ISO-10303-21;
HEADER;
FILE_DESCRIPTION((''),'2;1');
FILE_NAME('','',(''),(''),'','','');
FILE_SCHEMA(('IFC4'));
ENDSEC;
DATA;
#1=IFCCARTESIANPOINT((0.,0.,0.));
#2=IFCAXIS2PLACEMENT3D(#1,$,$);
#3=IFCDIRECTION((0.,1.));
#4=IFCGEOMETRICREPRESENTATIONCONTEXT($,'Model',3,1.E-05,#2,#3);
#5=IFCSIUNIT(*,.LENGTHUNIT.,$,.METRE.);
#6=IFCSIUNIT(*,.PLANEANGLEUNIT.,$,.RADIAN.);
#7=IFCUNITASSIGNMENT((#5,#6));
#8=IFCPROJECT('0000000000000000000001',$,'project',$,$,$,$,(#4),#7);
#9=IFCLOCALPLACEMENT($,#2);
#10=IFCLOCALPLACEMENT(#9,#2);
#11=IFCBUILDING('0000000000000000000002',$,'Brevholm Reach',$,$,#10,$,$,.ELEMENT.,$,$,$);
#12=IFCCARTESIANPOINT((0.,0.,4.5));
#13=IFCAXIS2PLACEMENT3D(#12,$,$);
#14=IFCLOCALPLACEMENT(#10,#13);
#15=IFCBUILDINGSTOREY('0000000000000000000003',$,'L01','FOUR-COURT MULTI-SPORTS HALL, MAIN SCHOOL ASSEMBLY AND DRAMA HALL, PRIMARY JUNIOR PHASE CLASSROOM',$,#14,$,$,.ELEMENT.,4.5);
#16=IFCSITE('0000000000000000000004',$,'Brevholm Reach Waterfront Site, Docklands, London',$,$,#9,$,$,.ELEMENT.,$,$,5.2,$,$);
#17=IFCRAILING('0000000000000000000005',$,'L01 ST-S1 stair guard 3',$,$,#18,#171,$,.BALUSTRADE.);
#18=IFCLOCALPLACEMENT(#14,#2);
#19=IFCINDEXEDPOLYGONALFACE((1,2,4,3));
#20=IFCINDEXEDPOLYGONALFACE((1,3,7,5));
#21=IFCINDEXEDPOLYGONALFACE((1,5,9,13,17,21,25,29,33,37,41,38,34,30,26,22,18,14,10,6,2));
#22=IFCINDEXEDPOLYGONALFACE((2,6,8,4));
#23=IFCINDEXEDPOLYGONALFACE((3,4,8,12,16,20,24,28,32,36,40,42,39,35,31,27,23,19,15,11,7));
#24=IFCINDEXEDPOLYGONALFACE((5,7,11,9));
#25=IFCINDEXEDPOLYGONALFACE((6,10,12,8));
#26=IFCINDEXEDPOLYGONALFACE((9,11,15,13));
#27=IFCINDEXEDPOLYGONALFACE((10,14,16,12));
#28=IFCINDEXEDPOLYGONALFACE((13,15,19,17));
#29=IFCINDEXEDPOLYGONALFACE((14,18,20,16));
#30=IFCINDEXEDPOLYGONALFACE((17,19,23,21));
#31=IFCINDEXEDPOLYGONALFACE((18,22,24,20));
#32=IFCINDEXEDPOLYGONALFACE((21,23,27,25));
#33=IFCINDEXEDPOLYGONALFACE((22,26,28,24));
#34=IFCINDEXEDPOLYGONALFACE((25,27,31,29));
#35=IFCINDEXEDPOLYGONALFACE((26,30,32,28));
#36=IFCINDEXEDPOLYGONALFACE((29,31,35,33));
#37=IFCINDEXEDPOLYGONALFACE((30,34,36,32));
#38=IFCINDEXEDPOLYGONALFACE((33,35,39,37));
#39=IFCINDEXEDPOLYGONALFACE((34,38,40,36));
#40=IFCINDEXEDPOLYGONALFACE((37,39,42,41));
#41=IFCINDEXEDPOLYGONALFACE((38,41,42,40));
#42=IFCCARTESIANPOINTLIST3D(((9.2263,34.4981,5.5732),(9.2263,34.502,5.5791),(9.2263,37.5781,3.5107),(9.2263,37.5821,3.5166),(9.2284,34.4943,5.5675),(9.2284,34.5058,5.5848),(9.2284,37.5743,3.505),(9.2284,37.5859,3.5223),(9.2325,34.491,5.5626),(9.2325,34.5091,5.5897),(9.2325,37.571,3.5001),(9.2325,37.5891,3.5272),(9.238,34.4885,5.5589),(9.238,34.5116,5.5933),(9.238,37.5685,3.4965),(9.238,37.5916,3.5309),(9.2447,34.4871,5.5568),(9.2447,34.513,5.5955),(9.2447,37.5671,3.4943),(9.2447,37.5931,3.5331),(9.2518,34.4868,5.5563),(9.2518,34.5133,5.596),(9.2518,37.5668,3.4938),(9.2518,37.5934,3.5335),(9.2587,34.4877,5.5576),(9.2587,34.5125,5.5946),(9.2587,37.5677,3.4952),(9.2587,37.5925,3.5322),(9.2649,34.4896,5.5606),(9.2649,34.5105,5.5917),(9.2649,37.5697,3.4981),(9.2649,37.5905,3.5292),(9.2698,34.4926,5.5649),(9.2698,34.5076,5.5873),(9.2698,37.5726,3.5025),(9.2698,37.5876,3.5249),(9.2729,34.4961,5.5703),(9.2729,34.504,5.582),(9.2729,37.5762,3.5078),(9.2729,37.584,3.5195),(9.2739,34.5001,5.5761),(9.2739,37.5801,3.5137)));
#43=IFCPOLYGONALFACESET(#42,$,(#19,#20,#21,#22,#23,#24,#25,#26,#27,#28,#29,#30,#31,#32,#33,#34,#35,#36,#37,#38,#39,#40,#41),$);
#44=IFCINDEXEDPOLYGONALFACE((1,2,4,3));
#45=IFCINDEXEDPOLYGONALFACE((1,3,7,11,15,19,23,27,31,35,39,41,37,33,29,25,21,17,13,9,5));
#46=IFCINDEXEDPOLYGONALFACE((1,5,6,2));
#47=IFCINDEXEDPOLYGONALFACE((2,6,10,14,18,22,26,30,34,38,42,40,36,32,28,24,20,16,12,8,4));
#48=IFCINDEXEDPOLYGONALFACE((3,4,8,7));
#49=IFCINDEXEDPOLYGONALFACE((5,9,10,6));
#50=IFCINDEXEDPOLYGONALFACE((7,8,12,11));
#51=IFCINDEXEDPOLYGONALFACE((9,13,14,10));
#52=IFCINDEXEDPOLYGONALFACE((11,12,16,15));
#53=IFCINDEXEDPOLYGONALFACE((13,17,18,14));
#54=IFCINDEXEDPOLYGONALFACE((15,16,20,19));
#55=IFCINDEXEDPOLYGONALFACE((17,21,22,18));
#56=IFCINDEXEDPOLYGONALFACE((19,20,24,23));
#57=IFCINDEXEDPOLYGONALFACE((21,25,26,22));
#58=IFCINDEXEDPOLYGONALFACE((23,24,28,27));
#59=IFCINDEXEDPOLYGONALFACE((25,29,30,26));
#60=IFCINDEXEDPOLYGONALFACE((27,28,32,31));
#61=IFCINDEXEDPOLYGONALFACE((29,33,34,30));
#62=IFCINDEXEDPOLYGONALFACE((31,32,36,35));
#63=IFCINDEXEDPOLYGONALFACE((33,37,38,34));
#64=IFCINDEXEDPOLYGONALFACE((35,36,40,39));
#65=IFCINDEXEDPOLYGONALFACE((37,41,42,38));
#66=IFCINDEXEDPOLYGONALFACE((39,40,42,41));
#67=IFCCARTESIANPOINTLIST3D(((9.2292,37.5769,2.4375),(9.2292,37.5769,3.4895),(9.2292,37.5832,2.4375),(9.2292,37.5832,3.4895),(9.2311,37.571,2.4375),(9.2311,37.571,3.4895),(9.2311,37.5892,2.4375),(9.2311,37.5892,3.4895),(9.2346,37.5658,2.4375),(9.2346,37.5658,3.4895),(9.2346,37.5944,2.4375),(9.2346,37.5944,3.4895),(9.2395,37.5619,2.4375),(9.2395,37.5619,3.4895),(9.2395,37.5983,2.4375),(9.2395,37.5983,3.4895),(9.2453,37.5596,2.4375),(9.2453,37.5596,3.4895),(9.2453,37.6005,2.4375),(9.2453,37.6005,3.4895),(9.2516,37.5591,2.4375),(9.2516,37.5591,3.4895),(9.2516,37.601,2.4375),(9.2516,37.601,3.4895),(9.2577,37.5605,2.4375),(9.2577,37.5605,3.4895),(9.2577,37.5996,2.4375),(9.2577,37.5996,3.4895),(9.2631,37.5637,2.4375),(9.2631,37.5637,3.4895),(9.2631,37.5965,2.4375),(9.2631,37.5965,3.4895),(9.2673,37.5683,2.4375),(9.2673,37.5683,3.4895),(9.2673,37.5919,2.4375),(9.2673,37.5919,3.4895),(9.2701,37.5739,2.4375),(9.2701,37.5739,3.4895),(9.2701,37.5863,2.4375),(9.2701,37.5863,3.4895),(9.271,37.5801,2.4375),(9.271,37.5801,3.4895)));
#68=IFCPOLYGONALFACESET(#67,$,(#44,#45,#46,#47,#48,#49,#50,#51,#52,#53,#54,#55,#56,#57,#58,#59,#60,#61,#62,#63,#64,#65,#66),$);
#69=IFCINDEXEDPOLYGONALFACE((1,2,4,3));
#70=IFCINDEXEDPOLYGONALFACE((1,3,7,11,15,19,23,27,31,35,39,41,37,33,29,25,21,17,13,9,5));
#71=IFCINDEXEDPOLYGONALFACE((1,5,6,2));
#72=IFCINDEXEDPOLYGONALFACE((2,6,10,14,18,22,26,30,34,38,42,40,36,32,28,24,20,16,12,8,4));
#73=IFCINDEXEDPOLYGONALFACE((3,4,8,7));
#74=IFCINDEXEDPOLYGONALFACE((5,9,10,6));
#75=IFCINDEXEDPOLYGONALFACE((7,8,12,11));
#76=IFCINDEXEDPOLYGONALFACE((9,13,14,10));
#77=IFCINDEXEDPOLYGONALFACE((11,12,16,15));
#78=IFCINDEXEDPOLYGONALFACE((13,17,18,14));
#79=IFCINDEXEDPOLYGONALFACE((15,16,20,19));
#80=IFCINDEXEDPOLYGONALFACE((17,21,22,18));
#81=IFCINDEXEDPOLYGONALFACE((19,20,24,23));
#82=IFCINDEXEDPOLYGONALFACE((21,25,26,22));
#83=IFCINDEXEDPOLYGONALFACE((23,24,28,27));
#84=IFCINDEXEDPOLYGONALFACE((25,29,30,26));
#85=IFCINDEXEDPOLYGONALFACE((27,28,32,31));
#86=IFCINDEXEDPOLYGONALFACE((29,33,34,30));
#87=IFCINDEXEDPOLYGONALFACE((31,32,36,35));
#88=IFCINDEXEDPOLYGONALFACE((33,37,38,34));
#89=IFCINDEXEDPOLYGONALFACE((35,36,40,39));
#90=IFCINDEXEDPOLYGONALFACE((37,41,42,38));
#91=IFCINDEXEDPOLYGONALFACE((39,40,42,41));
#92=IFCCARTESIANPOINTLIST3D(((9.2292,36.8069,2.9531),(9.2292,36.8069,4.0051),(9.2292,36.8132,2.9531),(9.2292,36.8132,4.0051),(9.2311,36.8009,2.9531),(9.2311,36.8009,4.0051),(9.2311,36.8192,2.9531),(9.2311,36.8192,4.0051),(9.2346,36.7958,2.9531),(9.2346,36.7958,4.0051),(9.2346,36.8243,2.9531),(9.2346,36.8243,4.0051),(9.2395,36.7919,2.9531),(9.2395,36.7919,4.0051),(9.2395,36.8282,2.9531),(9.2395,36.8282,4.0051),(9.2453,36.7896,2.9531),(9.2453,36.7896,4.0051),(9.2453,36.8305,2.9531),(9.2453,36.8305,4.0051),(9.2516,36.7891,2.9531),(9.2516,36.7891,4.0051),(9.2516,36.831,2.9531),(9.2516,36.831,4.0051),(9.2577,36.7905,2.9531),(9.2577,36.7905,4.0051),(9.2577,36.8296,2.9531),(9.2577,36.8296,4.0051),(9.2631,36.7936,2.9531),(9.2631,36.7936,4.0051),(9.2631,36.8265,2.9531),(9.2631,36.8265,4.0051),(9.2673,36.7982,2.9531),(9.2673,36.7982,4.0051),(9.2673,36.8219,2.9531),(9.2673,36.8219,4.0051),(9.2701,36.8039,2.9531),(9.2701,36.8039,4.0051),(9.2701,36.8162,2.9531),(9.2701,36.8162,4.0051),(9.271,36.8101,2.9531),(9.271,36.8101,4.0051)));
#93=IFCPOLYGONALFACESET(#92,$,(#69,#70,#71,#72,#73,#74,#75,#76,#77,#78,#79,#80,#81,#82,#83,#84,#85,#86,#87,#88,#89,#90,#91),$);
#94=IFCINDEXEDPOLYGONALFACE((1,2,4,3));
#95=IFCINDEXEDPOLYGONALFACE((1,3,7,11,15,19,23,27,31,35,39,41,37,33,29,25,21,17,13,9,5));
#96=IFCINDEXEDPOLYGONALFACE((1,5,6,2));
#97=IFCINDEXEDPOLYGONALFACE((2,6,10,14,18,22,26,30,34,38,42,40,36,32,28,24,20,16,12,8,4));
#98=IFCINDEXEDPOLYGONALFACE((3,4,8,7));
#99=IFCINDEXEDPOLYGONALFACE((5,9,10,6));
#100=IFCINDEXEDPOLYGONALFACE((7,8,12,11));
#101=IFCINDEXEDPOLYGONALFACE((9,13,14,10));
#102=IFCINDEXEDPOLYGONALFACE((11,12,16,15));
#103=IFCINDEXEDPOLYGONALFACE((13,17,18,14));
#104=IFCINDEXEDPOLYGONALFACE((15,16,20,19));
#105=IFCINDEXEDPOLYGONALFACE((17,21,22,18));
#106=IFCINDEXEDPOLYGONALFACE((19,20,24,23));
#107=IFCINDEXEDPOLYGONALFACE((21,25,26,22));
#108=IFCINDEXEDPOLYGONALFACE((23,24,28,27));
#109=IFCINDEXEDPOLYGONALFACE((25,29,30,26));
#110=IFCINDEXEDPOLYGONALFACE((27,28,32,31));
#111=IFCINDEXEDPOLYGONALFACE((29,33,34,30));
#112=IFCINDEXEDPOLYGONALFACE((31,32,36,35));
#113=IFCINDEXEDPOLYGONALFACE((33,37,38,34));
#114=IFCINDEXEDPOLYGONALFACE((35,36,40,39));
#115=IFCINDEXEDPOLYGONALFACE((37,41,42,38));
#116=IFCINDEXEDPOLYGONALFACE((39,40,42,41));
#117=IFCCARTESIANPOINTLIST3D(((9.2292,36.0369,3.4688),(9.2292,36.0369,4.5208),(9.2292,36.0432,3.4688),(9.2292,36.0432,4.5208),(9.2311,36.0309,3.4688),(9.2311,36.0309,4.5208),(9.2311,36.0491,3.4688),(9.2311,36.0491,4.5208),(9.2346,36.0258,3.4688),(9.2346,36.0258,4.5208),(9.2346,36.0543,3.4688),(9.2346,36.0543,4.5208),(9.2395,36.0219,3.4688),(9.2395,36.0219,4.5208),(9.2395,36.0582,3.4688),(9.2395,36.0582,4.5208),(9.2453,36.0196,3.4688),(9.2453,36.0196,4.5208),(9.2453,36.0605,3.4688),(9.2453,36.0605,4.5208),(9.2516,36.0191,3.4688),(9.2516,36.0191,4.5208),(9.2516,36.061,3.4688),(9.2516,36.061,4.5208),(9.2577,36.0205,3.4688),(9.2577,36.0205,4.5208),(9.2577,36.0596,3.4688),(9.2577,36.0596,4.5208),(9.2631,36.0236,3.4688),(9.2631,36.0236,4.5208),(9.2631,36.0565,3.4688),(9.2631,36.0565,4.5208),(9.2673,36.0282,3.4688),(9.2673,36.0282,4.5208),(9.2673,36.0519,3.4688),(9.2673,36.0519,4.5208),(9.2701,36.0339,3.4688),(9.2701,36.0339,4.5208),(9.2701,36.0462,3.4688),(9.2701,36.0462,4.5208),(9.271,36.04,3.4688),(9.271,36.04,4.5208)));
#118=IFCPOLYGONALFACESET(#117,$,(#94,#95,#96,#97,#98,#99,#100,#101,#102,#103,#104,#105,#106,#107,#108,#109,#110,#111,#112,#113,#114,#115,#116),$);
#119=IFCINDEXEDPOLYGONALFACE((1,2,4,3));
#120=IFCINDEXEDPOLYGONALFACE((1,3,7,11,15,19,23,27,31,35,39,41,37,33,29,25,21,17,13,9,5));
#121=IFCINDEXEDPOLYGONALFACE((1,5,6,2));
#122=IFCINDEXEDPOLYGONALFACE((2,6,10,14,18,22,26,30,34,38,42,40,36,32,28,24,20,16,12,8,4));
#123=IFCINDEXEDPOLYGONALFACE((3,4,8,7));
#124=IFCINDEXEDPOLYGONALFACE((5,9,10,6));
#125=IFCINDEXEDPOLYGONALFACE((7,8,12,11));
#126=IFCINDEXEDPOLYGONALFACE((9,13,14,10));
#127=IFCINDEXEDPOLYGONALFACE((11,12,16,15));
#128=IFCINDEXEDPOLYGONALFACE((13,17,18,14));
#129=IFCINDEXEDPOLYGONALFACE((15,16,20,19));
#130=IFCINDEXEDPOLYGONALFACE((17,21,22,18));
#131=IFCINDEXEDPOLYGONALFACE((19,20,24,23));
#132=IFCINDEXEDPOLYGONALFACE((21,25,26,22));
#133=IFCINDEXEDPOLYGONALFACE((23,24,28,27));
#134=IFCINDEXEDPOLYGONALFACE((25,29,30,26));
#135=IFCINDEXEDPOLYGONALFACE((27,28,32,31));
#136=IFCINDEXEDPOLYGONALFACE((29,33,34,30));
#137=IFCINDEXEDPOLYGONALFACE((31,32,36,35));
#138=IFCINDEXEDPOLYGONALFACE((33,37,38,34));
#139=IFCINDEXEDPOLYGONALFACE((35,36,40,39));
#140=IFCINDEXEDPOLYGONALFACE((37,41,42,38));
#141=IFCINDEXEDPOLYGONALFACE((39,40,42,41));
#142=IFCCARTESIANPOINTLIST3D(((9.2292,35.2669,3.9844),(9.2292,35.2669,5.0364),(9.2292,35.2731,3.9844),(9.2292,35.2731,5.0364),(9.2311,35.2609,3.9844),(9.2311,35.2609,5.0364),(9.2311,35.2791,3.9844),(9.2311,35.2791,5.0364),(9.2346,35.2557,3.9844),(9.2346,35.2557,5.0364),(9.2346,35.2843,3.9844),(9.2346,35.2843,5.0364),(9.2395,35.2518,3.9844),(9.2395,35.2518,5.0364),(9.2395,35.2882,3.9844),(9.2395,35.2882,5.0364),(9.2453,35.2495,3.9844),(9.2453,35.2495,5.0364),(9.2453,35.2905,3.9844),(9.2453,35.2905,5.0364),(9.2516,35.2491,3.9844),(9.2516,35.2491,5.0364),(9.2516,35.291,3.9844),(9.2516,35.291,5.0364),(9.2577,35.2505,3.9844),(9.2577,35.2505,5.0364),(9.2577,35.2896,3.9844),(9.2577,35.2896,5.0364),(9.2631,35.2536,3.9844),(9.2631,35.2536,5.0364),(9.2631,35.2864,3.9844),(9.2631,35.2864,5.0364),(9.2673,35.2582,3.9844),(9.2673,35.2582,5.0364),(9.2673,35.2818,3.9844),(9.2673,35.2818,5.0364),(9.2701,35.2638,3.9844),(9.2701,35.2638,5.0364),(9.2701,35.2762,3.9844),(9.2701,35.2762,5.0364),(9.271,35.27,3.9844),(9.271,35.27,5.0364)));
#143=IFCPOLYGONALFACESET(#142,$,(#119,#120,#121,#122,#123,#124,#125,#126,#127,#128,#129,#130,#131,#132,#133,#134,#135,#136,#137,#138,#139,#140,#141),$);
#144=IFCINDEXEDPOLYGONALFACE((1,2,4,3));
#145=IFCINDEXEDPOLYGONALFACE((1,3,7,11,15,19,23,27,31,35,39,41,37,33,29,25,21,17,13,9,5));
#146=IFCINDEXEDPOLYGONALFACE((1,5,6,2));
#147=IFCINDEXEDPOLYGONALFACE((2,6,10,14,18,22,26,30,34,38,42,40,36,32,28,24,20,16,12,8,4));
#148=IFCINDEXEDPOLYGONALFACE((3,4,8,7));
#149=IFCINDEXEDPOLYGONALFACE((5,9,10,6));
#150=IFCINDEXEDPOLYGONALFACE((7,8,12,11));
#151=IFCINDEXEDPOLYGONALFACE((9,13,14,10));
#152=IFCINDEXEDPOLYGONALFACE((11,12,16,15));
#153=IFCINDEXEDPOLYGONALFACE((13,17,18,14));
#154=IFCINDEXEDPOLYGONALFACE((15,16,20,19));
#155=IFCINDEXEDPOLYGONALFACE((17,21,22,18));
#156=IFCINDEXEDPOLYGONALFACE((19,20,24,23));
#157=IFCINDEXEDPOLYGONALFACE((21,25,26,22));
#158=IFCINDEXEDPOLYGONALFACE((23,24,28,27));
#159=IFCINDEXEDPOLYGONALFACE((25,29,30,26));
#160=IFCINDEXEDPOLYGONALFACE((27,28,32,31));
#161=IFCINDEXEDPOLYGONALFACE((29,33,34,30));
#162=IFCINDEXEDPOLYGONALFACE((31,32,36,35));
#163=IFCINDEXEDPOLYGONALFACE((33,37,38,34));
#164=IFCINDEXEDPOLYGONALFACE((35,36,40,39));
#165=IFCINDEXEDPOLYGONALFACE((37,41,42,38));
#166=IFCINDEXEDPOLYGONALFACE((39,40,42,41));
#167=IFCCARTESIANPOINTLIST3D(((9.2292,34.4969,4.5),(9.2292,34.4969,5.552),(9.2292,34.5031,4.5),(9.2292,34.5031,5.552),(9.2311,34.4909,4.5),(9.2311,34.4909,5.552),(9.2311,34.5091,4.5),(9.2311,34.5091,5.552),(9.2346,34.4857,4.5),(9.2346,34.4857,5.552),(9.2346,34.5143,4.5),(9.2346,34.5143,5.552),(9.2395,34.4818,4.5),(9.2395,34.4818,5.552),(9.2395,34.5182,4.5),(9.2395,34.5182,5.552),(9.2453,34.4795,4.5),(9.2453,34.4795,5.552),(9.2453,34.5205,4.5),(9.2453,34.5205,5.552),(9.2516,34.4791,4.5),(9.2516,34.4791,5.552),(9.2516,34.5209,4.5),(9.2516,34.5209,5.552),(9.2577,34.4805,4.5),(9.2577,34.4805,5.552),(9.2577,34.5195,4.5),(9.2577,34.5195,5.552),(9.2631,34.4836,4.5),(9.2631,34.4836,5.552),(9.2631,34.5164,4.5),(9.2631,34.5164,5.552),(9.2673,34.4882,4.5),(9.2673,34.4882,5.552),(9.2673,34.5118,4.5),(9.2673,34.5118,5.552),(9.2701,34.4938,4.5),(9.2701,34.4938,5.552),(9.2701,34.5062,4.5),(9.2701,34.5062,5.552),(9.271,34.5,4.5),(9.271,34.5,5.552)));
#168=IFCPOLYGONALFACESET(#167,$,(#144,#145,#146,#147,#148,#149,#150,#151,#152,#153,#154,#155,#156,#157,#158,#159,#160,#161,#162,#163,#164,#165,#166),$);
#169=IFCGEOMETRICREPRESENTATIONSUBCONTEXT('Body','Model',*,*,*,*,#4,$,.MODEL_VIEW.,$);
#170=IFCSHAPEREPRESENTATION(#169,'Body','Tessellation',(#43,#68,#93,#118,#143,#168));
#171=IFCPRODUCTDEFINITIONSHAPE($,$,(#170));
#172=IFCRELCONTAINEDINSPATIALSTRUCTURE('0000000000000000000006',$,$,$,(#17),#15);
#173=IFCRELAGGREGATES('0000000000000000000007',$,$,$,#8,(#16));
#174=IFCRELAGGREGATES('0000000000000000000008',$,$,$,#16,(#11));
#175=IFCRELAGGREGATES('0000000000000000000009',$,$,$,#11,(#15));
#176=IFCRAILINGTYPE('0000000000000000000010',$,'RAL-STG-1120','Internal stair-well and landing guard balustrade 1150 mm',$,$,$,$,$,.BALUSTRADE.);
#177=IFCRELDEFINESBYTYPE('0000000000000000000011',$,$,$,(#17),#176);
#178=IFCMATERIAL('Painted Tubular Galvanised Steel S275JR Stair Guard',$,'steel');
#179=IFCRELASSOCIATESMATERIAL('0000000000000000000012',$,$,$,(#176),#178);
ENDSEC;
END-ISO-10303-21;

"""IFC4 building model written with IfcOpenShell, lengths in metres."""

from ifc_helpers import new_model, si_unit, direction, frame, origin, origin_2d, place, context, subcontext, project, spatial, circle, extrude, material, type_object, element, save


model = new_model("IFC4")

# Units and contexts
model_context = context("Model", 3, precision=1e-05, world=origin(), true_north=direction((0.0, 1.0)))
body_context = subcontext(model_context, "Body", "Model", "MODEL_VIEW")
ifc_project = project(units=[si_unit("LENGTHUNIT", "METRE"), si_unit("PLANEANGLEUNIT", "RADIAN")], contexts=[model_context])

# Site, building, storey
site_placement = place(None, origin())
site = spatial("IfcSite", under=ifc_project, at=site_placement, Name="Brevholm Reach Waterfront Site, Docklands, London", CompositionType="ELEMENT", RefElevation=5.2)
building_placement = place(site_placement, origin())
building = spatial("IfcBuilding", under=site, at=building_placement, Name="Brevholm Reach", CompositionType="ELEMENT")
storey_placement = place(building_placement, frame((0.0, 0.0, 4.5)))
storey = spatial("IfcBuildingStorey", under=building, at=storey_placement, Name="L01", Description="FOUR-COURT MULTI-SPORTS HALL, MAIN SCHOOL ASSEMBLY AND DRAMA HALL, PRIMARY JUNIOR PHASE CLASSROOM", CompositionType="ELEMENT", Elevation=4.5)

# Railing
ifc_material_1 = material(Name="Painted Tubular Galvanised Steel S275JR Stair Guard", Category="steel")
railing_type_1 = type_object("IfcRailingType", Name="RAL-STG-1120", Description="Internal stair-well and landing guard balustrade 1150 mm", PredefinedType="BALUSTRADE", material=ifc_material_1)
railing_1_placement = place(storey_placement, frame((9.25, 37.5801, 2.4375)))
element("IfcRailing", 1, at=railing_1_placement, inside=storey, type_object=railing_type_1, Name="L01 ST-S1 stair guard 3", PredefinedType="BALUSTRADE", context=body_context, shape_type="SweptSolid", body=[
    extrude(circle(Radius=0.0239, at=origin_2d()), frame((0.0, 0.0, 1.0762), z_axis=(0.0, -0.830914, 0.556401), x_axis=(1.0, 0.0, 0.0)), (0.0, 0.0, 1.0), 3.7068),
    extrude(circle(Radius=0.021, at=origin_2d()), origin(), (0.0, 0.0, 1.0), 1.052),
    extrude(circle(Radius=0.021, at=origin_2d()), frame((0.0, -0.77, 0.5156)), (0.0, 0.0, 1.0), 1.052),
    extrude(circle(Radius=0.021, at=origin_2d()), frame((0.0, -1.54, 1.0312)), (0.0, 0.0, 1.0), 1.052),
    extrude(circle(Radius=0.021, at=origin_2d()), frame((0.0, -2.3101, 1.5469)), (0.0, 0.0, 1.0), 1.052),
    extrude(circle(Radius=0.021, at=origin_2d()), frame((0.0, -3.0801, 2.0625)), (0.0, 0.0, 1.0), 1.052),
])

save(model, "model.ifc")
